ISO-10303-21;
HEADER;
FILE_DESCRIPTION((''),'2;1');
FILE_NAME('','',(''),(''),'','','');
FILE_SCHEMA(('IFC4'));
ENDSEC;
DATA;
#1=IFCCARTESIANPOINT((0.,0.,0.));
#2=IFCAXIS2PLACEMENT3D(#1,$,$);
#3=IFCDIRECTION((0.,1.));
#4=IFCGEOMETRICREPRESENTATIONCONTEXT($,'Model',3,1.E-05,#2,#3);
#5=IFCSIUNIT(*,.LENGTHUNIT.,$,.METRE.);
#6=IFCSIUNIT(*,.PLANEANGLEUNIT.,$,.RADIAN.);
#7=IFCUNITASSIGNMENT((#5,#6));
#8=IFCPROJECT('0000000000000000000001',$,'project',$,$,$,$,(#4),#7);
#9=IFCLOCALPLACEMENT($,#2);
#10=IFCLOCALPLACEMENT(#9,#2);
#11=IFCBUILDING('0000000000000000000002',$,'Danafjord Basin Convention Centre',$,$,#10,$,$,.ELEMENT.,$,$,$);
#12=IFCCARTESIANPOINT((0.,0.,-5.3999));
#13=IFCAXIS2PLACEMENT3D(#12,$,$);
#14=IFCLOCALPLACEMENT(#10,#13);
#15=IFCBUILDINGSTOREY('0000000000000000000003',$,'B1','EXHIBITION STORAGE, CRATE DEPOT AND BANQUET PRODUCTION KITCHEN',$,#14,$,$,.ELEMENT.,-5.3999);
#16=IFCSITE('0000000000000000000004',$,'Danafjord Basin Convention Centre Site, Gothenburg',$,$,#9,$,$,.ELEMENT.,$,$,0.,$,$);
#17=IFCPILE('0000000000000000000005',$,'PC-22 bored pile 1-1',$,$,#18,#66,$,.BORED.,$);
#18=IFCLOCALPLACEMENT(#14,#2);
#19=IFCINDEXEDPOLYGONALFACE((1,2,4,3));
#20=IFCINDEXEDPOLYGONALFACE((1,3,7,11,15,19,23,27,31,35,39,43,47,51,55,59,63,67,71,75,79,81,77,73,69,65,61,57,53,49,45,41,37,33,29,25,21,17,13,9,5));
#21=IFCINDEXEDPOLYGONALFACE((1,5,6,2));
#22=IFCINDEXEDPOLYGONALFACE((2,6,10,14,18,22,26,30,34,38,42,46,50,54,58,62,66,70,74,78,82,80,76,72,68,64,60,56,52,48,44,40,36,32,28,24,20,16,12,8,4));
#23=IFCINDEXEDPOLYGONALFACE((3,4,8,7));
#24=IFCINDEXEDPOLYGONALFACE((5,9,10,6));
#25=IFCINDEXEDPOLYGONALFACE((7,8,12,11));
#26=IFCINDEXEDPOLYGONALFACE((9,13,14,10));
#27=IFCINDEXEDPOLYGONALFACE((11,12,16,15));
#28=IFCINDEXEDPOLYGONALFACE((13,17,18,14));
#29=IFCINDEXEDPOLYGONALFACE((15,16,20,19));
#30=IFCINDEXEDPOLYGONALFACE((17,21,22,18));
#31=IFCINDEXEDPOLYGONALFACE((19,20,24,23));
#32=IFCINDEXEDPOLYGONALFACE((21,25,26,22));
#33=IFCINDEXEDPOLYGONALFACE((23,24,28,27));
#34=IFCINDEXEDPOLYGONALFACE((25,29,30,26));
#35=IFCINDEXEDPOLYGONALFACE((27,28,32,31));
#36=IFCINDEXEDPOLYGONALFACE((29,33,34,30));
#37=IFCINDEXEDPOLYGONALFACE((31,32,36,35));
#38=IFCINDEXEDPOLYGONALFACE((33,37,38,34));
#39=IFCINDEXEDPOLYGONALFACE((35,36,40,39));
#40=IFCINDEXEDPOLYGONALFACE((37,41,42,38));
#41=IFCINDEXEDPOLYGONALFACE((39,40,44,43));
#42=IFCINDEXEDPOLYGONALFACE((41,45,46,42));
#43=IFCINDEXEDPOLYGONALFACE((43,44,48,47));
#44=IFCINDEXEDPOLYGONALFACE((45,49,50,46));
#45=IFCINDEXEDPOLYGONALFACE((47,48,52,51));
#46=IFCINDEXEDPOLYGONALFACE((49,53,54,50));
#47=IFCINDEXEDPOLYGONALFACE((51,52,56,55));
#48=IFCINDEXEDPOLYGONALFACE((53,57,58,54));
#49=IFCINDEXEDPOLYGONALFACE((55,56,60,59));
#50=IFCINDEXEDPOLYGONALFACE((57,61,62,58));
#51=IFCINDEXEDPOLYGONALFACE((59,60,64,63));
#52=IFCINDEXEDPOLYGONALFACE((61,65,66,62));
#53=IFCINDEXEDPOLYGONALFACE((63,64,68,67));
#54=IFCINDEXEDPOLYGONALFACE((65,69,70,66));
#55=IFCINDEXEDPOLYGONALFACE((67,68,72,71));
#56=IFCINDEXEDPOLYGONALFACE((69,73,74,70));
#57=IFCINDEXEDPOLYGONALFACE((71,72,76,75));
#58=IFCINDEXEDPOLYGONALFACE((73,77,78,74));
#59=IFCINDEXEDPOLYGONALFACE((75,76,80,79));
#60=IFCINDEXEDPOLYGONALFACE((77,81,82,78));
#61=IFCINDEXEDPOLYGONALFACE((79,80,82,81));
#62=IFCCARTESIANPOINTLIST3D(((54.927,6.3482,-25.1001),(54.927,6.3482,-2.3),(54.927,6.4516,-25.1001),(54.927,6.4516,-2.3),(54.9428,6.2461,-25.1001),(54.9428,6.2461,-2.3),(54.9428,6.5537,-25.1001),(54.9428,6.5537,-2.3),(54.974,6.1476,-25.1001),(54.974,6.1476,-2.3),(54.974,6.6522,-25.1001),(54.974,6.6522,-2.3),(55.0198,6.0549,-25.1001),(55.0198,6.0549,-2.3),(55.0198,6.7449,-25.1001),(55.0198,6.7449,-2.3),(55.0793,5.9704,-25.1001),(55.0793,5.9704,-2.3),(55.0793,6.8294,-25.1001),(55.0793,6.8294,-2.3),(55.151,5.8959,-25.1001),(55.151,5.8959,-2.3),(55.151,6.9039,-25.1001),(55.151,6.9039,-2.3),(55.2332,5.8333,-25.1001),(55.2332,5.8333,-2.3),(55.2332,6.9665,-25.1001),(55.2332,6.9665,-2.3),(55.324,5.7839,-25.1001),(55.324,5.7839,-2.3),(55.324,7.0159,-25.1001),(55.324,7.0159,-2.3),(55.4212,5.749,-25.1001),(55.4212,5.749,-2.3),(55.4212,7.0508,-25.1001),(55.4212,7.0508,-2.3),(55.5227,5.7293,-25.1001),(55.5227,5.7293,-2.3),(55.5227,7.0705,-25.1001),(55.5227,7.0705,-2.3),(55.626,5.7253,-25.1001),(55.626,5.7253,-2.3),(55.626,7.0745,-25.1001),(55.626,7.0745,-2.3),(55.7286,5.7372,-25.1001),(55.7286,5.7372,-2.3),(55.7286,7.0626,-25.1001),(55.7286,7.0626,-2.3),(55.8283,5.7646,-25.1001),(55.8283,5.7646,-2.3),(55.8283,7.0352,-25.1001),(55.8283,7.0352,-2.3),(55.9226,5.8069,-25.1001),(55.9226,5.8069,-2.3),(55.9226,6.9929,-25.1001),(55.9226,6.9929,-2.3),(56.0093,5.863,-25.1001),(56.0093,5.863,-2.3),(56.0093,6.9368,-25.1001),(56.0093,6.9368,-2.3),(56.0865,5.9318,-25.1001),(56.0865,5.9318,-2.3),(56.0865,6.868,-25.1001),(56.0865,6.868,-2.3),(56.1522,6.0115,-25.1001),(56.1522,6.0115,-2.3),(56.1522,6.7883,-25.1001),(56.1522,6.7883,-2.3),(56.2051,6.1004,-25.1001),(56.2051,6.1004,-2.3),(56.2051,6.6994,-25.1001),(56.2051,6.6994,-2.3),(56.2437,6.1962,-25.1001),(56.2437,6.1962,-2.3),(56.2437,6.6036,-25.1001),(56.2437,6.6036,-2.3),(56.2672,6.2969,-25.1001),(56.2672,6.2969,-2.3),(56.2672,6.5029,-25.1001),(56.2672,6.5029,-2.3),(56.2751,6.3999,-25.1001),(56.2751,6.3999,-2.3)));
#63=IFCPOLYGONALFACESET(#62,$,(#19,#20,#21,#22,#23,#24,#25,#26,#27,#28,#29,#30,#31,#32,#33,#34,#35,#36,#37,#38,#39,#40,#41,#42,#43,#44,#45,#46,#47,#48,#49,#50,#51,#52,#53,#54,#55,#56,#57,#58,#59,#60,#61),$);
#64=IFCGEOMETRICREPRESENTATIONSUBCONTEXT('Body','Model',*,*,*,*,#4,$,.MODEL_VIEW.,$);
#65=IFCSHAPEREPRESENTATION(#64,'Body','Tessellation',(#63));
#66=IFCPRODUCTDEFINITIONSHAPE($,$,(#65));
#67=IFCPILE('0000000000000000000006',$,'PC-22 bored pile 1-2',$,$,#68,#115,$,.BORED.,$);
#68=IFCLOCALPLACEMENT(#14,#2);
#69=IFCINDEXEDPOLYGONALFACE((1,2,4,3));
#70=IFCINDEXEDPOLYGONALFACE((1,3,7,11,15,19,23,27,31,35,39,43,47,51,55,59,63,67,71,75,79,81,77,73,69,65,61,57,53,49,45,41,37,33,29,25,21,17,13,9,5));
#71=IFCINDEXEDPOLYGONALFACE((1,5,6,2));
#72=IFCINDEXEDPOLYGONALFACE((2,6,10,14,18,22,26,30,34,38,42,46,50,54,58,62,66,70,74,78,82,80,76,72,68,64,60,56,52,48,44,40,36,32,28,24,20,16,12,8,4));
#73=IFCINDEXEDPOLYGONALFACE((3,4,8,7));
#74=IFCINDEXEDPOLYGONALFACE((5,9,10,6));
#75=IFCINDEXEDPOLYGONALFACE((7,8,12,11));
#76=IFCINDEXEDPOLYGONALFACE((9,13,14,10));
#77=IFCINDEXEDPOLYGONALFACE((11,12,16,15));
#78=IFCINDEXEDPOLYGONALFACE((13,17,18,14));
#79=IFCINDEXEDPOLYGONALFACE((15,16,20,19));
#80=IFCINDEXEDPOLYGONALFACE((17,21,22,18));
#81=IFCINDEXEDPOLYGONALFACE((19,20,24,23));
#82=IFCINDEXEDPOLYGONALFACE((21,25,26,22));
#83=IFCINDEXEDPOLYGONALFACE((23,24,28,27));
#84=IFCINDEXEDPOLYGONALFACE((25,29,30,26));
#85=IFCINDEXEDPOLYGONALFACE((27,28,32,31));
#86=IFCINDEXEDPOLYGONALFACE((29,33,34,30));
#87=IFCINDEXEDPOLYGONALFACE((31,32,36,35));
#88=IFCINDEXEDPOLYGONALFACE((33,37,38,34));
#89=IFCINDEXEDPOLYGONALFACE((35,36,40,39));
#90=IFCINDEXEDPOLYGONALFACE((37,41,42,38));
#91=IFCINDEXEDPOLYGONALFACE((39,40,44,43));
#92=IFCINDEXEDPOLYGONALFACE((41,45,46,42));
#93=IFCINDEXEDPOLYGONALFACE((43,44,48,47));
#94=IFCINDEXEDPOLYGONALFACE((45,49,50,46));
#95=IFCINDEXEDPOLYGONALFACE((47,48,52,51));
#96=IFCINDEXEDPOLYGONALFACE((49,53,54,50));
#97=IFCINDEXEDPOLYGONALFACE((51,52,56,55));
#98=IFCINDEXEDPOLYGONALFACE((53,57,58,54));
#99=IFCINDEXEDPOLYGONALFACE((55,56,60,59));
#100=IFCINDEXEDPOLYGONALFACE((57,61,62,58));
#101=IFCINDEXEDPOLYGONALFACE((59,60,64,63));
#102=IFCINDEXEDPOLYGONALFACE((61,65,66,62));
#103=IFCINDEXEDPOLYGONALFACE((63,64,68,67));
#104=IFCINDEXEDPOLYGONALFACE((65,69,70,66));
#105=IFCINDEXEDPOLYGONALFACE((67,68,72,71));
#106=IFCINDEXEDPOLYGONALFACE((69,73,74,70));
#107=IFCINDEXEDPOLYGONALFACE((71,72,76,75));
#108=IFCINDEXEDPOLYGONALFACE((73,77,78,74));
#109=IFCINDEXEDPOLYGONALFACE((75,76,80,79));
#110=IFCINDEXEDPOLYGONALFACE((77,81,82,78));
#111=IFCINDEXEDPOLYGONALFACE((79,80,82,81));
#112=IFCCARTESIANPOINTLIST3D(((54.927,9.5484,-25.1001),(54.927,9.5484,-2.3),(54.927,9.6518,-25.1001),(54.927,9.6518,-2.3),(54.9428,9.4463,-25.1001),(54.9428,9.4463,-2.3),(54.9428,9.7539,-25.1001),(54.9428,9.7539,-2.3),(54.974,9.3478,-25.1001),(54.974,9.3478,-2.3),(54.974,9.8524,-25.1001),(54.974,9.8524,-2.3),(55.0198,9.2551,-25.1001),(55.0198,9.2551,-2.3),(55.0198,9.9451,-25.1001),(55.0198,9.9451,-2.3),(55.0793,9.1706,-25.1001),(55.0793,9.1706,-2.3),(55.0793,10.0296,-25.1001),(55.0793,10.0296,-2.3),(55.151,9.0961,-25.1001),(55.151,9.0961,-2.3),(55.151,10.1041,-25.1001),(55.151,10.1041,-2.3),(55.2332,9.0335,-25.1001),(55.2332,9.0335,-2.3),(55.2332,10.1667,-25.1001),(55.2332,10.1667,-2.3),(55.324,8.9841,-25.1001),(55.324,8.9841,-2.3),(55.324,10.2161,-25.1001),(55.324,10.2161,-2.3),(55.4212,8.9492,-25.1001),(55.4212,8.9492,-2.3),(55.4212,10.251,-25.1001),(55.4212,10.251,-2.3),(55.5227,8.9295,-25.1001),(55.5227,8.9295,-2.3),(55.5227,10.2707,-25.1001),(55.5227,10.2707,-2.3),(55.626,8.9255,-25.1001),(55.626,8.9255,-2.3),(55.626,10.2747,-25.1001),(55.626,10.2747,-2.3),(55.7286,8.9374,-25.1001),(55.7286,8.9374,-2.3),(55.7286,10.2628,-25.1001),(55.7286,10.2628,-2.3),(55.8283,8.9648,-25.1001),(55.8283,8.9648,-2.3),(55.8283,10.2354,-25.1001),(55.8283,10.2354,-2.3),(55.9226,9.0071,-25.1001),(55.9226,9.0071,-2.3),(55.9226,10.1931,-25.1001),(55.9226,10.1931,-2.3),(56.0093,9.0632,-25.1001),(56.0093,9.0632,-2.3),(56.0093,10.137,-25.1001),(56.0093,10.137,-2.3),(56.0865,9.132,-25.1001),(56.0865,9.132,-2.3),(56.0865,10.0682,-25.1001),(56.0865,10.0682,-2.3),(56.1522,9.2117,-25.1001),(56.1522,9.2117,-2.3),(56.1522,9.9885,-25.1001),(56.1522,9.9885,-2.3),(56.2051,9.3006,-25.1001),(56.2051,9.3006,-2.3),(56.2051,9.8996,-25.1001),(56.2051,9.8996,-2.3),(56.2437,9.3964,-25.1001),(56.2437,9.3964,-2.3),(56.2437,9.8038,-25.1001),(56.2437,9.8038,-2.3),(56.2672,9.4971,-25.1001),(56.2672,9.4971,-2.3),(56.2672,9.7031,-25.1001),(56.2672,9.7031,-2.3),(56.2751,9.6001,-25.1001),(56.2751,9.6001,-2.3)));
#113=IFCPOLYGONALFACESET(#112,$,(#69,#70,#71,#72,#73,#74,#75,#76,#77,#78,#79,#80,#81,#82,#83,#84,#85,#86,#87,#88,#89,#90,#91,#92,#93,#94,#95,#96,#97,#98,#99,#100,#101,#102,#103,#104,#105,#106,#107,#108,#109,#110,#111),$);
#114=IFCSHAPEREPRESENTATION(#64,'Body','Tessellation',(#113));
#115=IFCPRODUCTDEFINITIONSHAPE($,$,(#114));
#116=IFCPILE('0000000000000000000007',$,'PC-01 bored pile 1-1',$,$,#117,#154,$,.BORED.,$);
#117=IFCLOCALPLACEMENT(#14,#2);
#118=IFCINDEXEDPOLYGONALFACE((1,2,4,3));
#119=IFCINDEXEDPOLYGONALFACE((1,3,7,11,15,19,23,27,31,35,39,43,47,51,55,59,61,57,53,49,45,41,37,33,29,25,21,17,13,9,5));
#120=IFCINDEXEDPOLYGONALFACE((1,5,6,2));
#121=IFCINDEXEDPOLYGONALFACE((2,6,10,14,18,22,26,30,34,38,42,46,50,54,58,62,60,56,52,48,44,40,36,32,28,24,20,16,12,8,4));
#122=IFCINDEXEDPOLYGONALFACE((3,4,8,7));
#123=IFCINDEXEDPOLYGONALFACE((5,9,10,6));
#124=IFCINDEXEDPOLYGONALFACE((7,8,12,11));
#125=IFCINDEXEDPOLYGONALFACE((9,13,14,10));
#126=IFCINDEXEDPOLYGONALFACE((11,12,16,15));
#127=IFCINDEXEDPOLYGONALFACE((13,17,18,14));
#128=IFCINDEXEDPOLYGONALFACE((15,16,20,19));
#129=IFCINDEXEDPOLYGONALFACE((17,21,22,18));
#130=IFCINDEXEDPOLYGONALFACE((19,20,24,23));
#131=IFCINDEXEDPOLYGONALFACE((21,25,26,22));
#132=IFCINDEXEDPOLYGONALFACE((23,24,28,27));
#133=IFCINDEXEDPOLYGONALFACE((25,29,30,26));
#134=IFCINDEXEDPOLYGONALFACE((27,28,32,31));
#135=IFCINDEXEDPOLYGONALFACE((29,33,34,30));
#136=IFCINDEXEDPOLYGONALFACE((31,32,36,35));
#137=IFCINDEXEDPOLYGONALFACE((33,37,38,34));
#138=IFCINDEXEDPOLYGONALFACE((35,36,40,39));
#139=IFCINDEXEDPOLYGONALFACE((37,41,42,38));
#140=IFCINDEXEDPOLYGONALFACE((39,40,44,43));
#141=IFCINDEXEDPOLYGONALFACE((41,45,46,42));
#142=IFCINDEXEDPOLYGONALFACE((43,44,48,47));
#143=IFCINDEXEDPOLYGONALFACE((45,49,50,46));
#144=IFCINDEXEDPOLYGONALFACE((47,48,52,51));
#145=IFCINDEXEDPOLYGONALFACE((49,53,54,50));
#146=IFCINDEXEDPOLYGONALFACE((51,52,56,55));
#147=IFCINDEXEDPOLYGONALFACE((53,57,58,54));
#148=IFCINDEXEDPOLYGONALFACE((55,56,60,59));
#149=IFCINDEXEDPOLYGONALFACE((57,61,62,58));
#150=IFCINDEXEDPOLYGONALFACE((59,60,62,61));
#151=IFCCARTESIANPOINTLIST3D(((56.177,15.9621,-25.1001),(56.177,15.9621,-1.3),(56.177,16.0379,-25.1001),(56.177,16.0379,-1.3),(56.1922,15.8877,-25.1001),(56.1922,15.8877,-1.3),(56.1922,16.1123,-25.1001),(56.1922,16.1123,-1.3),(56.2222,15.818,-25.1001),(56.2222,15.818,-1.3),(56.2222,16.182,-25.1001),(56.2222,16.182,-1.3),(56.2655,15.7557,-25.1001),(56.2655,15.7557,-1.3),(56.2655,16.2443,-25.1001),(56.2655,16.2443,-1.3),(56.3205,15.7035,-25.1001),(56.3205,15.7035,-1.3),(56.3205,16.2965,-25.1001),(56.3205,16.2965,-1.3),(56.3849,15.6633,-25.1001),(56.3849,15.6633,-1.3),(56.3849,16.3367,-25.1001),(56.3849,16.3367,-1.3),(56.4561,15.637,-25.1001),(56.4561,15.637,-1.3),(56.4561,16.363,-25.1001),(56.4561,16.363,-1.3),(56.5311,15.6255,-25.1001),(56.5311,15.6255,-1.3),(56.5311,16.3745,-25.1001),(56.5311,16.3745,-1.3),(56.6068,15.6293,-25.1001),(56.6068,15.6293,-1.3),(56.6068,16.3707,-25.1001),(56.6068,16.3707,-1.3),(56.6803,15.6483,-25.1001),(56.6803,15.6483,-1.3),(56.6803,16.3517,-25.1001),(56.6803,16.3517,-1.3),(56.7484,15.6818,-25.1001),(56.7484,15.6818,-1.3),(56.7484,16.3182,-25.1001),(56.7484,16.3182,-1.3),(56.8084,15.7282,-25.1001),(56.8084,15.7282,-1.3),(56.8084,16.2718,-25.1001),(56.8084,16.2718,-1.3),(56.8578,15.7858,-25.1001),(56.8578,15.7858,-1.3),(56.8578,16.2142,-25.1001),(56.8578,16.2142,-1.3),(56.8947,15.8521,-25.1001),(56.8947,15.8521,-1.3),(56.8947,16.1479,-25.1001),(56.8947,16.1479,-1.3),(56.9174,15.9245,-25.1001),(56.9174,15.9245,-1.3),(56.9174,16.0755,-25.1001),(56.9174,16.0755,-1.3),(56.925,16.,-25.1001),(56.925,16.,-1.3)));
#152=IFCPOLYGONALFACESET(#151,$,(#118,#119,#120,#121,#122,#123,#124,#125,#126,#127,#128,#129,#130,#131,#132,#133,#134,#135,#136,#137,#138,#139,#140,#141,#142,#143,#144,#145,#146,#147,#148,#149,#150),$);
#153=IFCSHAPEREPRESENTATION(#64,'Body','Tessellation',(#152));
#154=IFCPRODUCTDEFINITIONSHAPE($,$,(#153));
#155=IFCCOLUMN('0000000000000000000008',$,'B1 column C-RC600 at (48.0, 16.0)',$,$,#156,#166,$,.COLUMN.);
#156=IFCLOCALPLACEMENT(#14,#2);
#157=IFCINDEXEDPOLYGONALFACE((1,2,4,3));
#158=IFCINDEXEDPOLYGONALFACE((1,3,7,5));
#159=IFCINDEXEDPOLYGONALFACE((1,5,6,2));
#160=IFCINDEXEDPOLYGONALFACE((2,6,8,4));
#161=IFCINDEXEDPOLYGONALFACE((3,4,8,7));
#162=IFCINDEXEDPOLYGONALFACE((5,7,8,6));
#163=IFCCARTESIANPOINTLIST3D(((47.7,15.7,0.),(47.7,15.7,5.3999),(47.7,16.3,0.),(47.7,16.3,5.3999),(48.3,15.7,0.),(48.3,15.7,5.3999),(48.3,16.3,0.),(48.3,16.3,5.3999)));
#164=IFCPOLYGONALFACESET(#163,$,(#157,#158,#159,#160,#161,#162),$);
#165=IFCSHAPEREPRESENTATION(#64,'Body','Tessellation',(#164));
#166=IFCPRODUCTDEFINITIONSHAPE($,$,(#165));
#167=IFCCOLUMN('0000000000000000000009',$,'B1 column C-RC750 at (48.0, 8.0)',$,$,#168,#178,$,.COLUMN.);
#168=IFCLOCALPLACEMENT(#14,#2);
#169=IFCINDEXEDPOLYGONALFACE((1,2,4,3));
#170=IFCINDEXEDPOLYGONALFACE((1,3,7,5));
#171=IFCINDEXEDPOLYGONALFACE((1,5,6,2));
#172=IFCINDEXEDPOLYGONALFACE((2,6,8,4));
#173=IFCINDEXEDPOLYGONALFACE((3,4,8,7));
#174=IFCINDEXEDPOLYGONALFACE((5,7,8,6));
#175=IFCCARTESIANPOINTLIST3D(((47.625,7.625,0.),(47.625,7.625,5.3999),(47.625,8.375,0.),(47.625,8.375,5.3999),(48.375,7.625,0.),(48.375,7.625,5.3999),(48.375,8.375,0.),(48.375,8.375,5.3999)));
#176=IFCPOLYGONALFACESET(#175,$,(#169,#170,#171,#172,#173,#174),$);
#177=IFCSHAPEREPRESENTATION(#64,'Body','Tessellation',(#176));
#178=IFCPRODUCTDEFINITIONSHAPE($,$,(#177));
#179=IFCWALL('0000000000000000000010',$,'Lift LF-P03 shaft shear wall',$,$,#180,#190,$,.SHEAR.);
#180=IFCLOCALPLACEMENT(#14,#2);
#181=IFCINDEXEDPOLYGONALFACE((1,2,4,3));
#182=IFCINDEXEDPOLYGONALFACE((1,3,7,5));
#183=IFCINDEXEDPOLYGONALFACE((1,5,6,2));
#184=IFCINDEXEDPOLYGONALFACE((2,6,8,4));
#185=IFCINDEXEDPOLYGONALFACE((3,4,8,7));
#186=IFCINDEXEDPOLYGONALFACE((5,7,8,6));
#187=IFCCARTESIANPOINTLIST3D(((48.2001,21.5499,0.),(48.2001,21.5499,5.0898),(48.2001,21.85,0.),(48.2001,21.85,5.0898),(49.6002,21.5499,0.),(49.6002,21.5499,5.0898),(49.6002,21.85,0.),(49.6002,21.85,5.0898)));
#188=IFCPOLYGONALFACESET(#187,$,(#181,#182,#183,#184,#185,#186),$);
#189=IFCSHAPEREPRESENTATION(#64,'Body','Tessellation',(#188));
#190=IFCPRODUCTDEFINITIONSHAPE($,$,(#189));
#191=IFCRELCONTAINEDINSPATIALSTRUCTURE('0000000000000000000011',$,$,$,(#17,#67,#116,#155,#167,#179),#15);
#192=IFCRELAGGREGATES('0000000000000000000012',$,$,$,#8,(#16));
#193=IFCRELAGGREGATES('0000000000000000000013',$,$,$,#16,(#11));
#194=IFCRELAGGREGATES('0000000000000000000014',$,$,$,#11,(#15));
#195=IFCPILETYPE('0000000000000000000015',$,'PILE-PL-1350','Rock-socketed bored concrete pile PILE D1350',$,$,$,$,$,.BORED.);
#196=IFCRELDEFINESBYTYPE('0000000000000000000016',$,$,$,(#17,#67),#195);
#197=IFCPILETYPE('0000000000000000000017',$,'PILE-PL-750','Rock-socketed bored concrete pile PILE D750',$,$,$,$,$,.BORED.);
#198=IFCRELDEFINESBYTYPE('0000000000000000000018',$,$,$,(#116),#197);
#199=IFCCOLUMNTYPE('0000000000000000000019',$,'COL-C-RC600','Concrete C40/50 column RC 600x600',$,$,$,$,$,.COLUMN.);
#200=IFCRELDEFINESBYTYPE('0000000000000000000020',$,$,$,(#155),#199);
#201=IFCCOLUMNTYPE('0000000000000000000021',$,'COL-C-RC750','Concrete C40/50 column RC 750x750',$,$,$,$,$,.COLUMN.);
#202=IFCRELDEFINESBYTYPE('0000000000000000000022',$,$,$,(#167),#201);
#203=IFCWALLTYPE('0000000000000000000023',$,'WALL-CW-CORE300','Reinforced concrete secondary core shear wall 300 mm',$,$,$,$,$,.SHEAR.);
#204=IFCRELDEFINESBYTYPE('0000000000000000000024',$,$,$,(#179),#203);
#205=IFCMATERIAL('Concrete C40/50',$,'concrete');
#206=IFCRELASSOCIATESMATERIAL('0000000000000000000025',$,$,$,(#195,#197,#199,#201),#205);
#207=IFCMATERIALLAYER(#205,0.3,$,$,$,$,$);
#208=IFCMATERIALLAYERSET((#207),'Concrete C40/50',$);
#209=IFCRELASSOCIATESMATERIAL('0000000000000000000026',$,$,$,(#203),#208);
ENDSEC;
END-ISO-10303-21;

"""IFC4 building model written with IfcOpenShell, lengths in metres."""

from ifc_helpers import new_model, si_unit, direction, frame, frame_2d, origin, origin_2d, place, context, subcontext, project, spatial, rectangle, circle, extrude, material, layer, layer_set, material_profile, profile_set, type_object, element, save


model = new_model("IFC4")

# Units and contexts
model_context = context("Model", 3, precision=1e-05, world=origin(), true_north=direction((0.0, 1.0)))
body_context = subcontext(model_context, "Body", "Model", "MODEL_VIEW")
ifc_project = project(units=[si_unit("LENGTHUNIT", "METRE"), si_unit("PLANEANGLEUNIT", "RADIAN")], contexts=[model_context])

# Site, building, storey
site_placement = place(None, origin())
site = spatial("IfcSite", under=ifc_project, at=site_placement, Name="Danafjord Basin Convention Centre Site, Gothenburg", CompositionType="ELEMENT", RefElevation=0.0)
building_placement = place(site_placement, origin())
building = spatial("IfcBuilding", under=site, at=building_placement, Name="Danafjord Basin Convention Centre", CompositionType="ELEMENT")
storey_placement = place(building_placement, frame((0.0, 0.0, -5.3999)))
storey = spatial("IfcBuildingStorey", under=building, at=storey_placement, Name="B1", Description="EXHIBITION STORAGE, CRATE DEPOT AND BANQUET PRODUCTION KITCHEN", CompositionType="ELEMENT", Elevation=-5.3999)

# Shared definitions
ifc_material_1 = material(Name="Concrete C40/50", Category="concrete")

# Piles
ifc_material_profile_1 = material_profile(ifc_material_1, circle(Radius=0.675, at=origin_2d()), Name="PILE D1350")
ifc_profile_set_1 = profile_set([ifc_material_profile_1], Name="Concrete C40/50")
pile_type_1 = type_object("IfcPileType", Name="PILE-PL-1350", Description="Rock-socketed bored concrete pile PILE D1350", PredefinedType="BORED", material=ifc_profile_set_1)
for number, where, z_axis, x_axis, name in (
    (1, (55.6001, 6.3999, -2.3), (0.0, 0.0, -1.0), (1.0, 0.0, 0.0), "PC-22 bored pile 1-1"),
    (2, (55.6001, 9.6001, -2.3), (0.0, 0.0, -1.0), (1.0, 0.0, 0.0), "PC-22 bored pile 1-2"),
):
    element("IfcPile", number, at=place(storey_placement, frame(where, z_axis=z_axis, x_axis=x_axis)), inside=storey, type_object=pile_type_1, Name=name, PredefinedType="BORED", context=body_context, shape_type="SweptSolid", body=[
        extrude(circle(Radius=0.675, at=origin_2d()), origin(), (0.0, 0.0, 1.0), 22.8),
    ])
ifc_material_profile_2 = material_profile(ifc_material_1, circle(Radius=0.375, at=origin_2d()), Name="PILE D750")
ifc_profile_set_2 = profile_set([ifc_material_profile_2], Name="Concrete C40/50")
pile_type_2 = type_object("IfcPileType", Name="PILE-PL-750", Description="Rock-socketed bored concrete pile PILE D750", PredefinedType="BORED", material=ifc_profile_set_2)
pile_placement = place(storey_placement, frame((56.55, 16.0, -1.3), z_axis=(0.0, 0.0, -1.0), x_axis=(1.0, 0.0, 0.0)))
element("IfcPile", 3, at=pile_placement, inside=storey, type_object=pile_type_2, Name="PC-01 bored pile 1-1", PredefinedType="BORED", context=body_context, shape_type="SweptSolid", body=[
    extrude(circle(Radius=0.375, at=origin_2d()), origin(), (0.0, 0.0, 1.0), 23.8),
])

# Columns
ifc_material_profile_3 = material_profile(ifc_material_1, rectangle(XDim=0.6001, YDim=0.6001, at=origin_2d()), Name="RC 600x600")
ifc_profile_set_3 = profile_set([ifc_material_profile_3], Name="Concrete C40/50")
column_type_1 = type_object("IfcColumnType", Name="COL-C-RC600", Description="Concrete C40/50 column RC 600x600", PredefinedType="COLUMN", material=ifc_profile_set_3)
column_1_placement = place(storey_placement, frame((48.0, 16.0, 0.0), z_axis=(0.0, 0.0, 1.0), x_axis=(1.0, 0.0, 0.0)))
element("IfcColumn", 4, at=column_1_placement, inside=storey, type_object=column_type_1, Name="B1 column C-RC600 at (48.0, 16.0)", PredefinedType="COLUMN", context=body_context, shape_type="SweptSolid", body=[
    extrude(rectangle(XDim=0.6001, YDim=0.6001, at=origin_2d()), origin(), (0.0, 0.0, 1.0), 5.3999),
])
ifc_material_profile_4 = material_profile(ifc_material_1, rectangle(XDim=0.75, YDim=0.75, at=origin_2d()), Name="RC 750x750")
ifc_profile_set_4 = profile_set([ifc_material_profile_4], Name="Concrete C40/50")
column_type_2 = type_object("IfcColumnType", Name="COL-C-RC750", Description="Concrete C40/50 column RC 750x750", PredefinedType="COLUMN", material=ifc_profile_set_4)
column_2_placement = place(storey_placement, frame((48.0, 8.0, 0.0), z_axis=(0.0, 0.0, 1.0), x_axis=(1.0, 0.0, 0.0)))
element("IfcColumn", 5, at=column_2_placement, inside=storey, type_object=column_type_2, Name="B1 column C-RC750 at (48.0, 8.0)", PredefinedType="COLUMN", context=body_context, shape_type="SweptSolid", body=[
    extrude(rectangle(XDim=0.75, YDim=0.75, at=origin_2d()), origin(), (0.0, 0.0, 1.0), 5.3999),
])

# Wall
ifc_layer_1 = layer(ifc_material_1, 0.3)
ifc_layer_set_1 = layer_set([ifc_layer_1], Name="Concrete C40/50")
wall_type_1 = type_object("IfcWallType", Name="WALL-CW-CORE300", Description="Reinforced concrete secondary core shear wall 300 mm", PredefinedType="SHEAR", material=ifc_layer_set_1)
wall_1_placement = place(storey_placement, frame((48.2, 21.7, 0.0), z_axis=(0.0, 0.0, 1.0), x_axis=(1.0, 0.0, 0.0)))
element("IfcWall", 6, at=wall_1_placement, inside=storey, type_object=wall_type_1, Name="Lift LF-P03 shaft shear wall", PredefinedType="SHEAR", context=body_context, shape_type="SweptSolid", body=[
    extrude(rectangle(XDim=1.4001, YDim=0.3, at=frame_2d((0.7002, 0.0))), origin(), (0.0, 0.0, 1.0), 5.0898),
])

save(model, "model.ifc")
